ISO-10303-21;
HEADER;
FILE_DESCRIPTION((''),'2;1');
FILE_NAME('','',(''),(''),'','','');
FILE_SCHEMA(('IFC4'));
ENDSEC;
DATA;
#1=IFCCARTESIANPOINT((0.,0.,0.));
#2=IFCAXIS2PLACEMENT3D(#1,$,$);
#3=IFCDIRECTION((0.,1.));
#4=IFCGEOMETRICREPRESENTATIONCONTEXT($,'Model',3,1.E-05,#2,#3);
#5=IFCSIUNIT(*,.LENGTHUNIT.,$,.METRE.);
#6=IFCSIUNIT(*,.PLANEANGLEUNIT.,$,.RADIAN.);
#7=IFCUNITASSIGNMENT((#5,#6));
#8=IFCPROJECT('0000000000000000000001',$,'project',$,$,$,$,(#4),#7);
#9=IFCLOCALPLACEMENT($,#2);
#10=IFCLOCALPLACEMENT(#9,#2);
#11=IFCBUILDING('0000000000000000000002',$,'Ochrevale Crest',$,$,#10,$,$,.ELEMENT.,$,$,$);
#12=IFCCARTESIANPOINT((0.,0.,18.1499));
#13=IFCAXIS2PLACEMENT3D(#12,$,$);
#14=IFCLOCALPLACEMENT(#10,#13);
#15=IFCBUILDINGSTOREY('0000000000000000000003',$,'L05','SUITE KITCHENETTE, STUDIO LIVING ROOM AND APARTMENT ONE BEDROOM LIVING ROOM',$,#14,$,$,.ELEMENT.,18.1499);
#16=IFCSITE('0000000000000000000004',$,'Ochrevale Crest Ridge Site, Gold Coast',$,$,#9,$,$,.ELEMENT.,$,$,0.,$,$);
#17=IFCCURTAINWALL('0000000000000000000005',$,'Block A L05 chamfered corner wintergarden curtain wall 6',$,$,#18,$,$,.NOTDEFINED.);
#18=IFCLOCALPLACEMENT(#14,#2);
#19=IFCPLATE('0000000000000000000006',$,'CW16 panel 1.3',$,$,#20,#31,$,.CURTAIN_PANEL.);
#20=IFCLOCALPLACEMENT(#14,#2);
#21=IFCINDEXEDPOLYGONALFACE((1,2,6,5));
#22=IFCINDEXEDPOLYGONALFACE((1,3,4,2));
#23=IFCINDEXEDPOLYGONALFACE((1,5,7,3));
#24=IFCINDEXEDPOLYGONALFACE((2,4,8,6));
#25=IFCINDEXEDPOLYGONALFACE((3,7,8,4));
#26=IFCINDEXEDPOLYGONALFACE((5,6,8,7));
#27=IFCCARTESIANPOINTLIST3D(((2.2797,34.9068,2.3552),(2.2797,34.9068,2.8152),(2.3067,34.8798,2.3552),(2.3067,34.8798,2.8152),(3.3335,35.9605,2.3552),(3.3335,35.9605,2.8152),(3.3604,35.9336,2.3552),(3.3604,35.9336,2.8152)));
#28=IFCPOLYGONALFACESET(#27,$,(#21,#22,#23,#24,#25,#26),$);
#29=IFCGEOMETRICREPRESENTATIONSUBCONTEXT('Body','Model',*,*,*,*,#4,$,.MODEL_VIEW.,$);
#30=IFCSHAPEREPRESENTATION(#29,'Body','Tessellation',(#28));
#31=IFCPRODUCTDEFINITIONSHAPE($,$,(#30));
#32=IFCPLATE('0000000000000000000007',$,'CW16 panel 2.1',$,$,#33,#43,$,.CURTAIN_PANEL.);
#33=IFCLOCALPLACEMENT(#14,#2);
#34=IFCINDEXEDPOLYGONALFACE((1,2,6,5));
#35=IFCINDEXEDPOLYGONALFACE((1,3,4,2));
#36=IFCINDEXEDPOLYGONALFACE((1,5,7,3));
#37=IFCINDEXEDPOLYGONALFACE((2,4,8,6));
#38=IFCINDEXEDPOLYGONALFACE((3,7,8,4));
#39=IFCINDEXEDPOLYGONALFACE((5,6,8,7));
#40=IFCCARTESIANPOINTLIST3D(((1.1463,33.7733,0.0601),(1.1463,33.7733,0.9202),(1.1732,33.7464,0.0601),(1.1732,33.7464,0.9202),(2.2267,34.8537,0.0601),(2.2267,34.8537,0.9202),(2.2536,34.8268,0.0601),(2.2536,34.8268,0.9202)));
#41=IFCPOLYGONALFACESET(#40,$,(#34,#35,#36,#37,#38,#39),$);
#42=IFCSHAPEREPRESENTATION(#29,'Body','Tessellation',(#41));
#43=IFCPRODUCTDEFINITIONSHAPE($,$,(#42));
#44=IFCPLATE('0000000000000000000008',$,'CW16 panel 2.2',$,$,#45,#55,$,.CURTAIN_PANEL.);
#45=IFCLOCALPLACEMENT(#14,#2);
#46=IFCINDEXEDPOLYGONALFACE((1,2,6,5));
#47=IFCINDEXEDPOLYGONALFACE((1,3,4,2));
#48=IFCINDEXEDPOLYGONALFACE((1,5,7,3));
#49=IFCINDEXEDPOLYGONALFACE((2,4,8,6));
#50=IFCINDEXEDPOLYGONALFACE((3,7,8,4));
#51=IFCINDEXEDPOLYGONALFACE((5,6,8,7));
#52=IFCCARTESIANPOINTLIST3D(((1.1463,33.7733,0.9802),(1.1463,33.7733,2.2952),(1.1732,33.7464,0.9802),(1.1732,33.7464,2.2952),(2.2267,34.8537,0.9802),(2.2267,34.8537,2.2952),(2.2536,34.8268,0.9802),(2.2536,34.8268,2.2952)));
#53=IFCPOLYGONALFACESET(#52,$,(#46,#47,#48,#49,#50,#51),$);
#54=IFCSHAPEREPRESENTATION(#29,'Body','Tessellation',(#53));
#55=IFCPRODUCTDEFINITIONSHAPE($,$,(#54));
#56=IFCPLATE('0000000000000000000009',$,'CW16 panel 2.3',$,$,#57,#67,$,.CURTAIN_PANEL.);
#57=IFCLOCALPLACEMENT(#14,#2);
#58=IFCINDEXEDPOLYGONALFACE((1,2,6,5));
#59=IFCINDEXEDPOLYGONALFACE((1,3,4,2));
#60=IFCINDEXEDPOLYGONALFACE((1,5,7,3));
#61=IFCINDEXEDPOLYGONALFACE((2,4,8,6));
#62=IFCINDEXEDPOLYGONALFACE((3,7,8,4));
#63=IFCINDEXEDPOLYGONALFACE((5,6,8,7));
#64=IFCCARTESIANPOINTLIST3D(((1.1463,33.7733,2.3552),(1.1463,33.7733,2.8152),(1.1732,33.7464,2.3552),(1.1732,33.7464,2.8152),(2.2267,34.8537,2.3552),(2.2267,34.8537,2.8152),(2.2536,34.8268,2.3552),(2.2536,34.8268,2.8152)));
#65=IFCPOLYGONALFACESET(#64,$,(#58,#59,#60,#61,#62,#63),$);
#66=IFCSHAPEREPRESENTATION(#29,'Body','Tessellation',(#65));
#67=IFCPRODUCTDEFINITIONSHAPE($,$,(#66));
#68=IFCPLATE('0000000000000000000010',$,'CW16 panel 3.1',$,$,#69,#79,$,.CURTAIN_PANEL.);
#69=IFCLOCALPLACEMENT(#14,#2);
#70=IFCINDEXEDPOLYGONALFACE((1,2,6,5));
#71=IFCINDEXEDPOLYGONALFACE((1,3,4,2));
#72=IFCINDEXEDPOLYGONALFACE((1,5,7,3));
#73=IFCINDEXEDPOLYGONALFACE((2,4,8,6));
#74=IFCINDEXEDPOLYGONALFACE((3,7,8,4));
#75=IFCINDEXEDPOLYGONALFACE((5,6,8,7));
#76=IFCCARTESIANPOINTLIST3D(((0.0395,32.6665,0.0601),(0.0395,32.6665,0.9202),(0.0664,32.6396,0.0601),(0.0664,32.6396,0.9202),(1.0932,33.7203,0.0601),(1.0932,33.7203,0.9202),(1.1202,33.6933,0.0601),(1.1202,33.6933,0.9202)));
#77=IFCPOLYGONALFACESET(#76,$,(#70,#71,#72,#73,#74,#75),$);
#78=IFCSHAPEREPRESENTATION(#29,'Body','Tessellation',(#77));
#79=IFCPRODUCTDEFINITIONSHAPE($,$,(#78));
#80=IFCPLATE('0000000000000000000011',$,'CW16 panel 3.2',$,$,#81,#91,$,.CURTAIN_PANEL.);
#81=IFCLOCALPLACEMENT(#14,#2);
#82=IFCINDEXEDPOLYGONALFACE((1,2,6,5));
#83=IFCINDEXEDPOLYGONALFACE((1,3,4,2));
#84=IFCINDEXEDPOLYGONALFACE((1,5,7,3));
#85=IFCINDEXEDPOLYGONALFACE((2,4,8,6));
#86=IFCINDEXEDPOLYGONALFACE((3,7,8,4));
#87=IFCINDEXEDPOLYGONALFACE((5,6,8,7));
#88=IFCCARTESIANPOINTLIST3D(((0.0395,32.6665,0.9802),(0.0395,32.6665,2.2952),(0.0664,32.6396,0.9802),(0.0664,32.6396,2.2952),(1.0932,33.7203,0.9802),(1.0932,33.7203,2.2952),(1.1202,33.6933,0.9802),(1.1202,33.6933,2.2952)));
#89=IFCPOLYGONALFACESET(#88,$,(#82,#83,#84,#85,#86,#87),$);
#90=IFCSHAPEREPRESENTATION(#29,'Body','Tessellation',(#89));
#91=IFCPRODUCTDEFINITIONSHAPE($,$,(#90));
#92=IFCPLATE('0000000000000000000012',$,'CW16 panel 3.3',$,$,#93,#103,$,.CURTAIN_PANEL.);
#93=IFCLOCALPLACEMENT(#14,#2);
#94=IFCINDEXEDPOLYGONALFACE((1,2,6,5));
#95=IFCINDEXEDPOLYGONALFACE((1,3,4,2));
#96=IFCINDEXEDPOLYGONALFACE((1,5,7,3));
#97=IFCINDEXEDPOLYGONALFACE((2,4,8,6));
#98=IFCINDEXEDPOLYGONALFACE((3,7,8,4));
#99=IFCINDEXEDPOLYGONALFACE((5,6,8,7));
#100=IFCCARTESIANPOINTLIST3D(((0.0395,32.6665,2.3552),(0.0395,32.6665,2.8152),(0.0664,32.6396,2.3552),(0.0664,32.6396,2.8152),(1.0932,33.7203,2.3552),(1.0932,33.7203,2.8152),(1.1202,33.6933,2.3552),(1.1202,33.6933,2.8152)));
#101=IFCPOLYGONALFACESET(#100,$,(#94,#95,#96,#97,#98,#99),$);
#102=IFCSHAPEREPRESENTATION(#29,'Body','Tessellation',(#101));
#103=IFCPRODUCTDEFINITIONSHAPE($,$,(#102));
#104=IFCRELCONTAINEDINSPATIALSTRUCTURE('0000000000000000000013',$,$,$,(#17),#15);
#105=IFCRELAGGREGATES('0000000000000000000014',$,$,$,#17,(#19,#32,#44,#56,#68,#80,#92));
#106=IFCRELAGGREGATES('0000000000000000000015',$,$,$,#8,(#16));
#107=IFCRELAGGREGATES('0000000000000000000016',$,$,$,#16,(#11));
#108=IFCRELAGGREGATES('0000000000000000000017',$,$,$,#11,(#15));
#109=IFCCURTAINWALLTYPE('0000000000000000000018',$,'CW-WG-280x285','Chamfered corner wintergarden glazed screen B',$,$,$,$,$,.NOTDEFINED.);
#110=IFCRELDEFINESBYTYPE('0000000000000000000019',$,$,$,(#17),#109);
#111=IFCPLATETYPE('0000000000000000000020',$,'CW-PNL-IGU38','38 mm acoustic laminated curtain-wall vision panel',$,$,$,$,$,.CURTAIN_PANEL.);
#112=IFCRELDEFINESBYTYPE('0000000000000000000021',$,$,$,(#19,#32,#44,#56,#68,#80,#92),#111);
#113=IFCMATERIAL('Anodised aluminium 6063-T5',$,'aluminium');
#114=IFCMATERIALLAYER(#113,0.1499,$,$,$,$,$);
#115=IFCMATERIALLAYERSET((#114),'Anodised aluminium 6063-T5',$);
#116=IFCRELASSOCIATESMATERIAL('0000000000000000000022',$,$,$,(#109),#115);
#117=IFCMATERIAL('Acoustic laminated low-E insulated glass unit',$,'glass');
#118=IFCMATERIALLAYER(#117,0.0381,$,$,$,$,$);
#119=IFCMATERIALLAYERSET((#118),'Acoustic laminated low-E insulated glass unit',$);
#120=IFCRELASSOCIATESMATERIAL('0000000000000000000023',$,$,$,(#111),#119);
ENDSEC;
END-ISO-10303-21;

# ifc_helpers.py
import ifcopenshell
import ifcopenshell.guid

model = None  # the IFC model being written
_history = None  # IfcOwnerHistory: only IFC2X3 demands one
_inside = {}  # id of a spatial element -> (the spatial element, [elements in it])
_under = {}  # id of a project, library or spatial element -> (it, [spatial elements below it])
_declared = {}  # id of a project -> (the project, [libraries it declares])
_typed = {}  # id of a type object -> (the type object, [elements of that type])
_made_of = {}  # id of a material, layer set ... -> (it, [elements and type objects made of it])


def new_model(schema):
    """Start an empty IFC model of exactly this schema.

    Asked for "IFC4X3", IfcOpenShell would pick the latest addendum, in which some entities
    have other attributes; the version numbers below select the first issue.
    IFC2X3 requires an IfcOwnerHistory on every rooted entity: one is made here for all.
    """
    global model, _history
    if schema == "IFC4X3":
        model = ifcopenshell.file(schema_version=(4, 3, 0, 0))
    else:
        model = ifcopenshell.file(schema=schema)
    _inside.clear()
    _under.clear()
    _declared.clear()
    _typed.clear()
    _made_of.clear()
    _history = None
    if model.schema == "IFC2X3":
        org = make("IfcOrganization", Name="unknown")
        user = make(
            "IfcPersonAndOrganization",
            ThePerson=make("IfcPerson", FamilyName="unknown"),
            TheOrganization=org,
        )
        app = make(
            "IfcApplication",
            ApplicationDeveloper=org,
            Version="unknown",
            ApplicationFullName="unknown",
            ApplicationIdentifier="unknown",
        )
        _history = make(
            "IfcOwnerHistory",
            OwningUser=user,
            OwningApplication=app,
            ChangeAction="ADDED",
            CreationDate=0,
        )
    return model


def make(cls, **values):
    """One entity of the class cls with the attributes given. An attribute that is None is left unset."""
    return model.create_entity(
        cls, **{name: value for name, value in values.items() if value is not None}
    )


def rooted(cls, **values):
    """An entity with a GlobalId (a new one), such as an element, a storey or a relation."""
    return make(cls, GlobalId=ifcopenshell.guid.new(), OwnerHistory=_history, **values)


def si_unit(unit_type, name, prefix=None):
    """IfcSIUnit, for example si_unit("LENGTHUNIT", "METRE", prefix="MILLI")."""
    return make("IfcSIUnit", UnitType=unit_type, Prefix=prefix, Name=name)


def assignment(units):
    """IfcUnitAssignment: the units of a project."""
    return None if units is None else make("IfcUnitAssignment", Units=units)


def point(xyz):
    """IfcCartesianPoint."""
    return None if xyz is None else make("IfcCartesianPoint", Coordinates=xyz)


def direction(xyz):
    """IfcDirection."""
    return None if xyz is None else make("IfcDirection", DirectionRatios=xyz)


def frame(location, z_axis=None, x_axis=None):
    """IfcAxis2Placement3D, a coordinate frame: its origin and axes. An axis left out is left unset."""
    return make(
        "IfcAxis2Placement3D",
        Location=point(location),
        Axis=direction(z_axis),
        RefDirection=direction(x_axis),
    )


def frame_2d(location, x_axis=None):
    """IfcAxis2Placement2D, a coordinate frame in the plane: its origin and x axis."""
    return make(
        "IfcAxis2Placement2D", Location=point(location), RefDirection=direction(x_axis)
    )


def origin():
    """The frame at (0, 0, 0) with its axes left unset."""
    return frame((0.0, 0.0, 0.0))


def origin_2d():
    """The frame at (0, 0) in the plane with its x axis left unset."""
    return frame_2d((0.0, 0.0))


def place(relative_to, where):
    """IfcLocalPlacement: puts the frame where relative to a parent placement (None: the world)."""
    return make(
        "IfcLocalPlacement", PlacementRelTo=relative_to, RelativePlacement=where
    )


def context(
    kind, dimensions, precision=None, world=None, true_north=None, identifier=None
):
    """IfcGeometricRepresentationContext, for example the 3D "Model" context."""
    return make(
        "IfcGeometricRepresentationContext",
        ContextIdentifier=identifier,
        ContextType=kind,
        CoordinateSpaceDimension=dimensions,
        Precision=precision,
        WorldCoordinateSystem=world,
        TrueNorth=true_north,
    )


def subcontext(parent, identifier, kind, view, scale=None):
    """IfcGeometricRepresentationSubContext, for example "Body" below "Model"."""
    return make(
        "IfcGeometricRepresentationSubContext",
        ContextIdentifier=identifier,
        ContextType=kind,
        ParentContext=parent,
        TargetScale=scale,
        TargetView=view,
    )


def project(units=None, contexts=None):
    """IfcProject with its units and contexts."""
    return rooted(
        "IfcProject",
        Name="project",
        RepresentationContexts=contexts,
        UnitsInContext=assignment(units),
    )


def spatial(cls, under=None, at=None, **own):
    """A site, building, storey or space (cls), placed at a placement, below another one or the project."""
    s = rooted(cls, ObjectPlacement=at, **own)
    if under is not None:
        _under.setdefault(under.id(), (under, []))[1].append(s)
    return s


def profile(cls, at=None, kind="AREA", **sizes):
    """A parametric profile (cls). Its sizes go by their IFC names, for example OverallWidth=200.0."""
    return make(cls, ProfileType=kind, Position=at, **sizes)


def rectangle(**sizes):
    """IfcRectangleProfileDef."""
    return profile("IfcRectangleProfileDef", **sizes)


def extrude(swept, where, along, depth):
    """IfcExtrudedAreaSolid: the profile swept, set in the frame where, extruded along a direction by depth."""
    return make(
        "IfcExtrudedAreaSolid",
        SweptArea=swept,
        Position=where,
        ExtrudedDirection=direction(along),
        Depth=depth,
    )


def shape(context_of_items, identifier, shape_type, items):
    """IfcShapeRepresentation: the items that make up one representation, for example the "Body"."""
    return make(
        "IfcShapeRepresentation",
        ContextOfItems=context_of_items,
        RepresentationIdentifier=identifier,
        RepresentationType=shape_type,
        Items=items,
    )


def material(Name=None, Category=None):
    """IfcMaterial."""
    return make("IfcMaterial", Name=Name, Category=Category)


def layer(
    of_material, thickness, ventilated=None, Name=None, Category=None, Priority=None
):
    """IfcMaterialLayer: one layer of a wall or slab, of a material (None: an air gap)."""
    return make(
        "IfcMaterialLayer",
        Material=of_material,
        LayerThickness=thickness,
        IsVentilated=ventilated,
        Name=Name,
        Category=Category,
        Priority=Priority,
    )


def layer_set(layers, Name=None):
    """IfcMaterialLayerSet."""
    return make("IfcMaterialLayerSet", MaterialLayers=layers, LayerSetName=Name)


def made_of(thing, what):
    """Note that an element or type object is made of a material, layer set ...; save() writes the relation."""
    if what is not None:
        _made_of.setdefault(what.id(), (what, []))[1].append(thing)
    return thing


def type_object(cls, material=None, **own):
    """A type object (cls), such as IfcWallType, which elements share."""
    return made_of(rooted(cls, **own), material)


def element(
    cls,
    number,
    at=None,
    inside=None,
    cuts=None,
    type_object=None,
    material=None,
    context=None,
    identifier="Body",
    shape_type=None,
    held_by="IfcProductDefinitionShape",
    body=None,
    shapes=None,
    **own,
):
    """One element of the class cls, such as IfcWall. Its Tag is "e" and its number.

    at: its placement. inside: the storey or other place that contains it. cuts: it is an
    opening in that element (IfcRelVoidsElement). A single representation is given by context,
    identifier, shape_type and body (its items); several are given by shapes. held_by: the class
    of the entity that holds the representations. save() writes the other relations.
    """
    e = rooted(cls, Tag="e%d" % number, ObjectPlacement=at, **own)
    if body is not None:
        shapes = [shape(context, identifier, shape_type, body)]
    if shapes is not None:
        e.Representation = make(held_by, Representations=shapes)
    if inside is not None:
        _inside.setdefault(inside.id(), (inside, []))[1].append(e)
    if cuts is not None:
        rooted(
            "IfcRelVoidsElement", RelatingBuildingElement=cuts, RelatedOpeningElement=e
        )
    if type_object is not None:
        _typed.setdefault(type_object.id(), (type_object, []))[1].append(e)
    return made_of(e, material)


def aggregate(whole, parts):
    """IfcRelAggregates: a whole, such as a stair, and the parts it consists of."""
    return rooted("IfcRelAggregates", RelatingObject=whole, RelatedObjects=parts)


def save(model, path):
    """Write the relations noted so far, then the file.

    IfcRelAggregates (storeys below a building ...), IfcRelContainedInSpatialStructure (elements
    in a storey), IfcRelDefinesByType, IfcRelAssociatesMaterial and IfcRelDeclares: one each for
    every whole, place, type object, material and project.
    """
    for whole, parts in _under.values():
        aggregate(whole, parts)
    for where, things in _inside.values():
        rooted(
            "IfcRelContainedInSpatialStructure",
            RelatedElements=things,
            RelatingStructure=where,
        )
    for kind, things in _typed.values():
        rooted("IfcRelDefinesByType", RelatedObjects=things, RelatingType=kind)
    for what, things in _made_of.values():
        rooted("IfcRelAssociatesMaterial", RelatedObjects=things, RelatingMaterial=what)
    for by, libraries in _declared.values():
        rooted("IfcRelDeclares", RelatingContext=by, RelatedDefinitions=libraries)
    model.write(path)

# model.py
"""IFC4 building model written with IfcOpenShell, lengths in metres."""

from ifc_helpers import new_model, si_unit, direction, frame, origin, origin_2d, place, context, subcontext, project, spatial, rectangle, extrude, material, layer, layer_set, type_object, element, aggregate, save


model = new_model("IFC4")

# Units and contexts
model_context = context("Model", 3, precision=1e-05, world=origin(), true_north=direction((0.0, 1.0)))
body_context = subcontext(model_context, "Body", "Model", "MODEL_VIEW")
ifc_project = project(units=[si_unit("LENGTHUNIT", "METRE"), si_unit("PLANEANGLEUNIT", "RADIAN")], contexts=[model_context])

# Site, building, storey
site_placement = place(None, origin())
site = spatial("IfcSite", under=ifc_project, at=site_placement, Name="Ochrevale Crest Ridge Site, Gold Coast", CompositionType="ELEMENT", RefElevation=0.0)
building_placement = place(site_placement, origin())
building = spatial("IfcBuilding", under=site, at=building_placement, Name="Ochrevale Crest", CompositionType="ELEMENT")
storey_placement = place(building_placement, frame((0.0, 0.0, 18.1499)))
storey = spatial("IfcBuildingStorey", under=building, at=storey_placement, Name="L05", Description="SUITE KITCHENETTE, STUDIO LIVING ROOM AND APARTMENT ONE BEDROOM LIVING ROOM", CompositionType="ELEMENT", Elevation=18.1499)

# Curtain wall, plates
ifc_material_1 = material(Name="Anodised aluminium 6063-T5", Category="aluminium")
ifc_layer_1 = layer(ifc_material_1, 0.1499)
ifc_layer_set_1 = layer_set([ifc_layer_1], Name="Anodised aluminium 6063-T5")
curtain_wall_type = type_object("IfcCurtainWallType", Name="CW-WG-280x285", Description="Chamfered corner wintergarden glazed screen B", PredefinedType="NOTDEFINED", material=ifc_layer_set_1)
curtain_wall_placement = place(storey_placement, origin())
curtain_wall = element("IfcCurtainWall", 1, at=curtain_wall_placement, inside=storey, type_object=curtain_wall_type, Name="Block A L05 chamfered corner wintergarden curtain wall 6", PredefinedType="NOTDEFINED")
ifc_material_2 = material(Name="Acoustic laminated low-E insulated glass unit", Category="glass")
ifc_layer_2 = layer(ifc_material_2, 0.0381)
ifc_layer_set_2 = layer_set([ifc_layer_2], Name="Acoustic laminated low-E insulated glass unit")
plate_type = type_object("IfcPlateType", Name="CW-PNL-IGU38", Description="38 mm acoustic laminated curtain-wall vision panel", PredefinedType="CURTAIN_PANEL", material=ifc_layer_set_2)
plate_1_placement = place(storey_placement, frame((2.8201, 35.4202, 2.3552), z_axis=(0.0, 0.0, 1.0), x_axis=(-0.707107, -0.707107, 0.0)))
plate_1 = element("IfcPlate", 2, at=plate_1_placement, type_object=plate_type, Name="CW16 panel 1.3", PredefinedType="CURTAIN_PANEL", context=body_context, shape_type="SweptSolid", body=[
    extrude(rectangle(XDim=1.4902, YDim=0.0381, at=origin_2d()), origin(), (0.0, 0.0, 1.0), 0.46),
])
plate_2_placement = place(storey_placement, frame((1.7, 34.3, 0.0601), z_axis=(0.0, 0.0, 1.0), x_axis=(-0.707107, -0.707107, 0.0)))
plate_2 = element("IfcPlate", 3, at=plate_2_placement, type_object=plate_type, Name="CW16 panel 2.1", PredefinedType="CURTAIN_PANEL", context=body_context, shape_type="SweptSolid", body=[
    extrude(rectangle(XDim=1.5278, YDim=0.0381, at=origin_2d()), origin(), (0.0, 0.0, 1.0), 0.8601),
])
plate_3_placement = place(storey_placement, frame((1.7, 34.3, 0.9802), z_axis=(0.0, 0.0, 1.0), x_axis=(-0.707107, -0.707107, 0.0)))
plate_3 = element("IfcPlate", 4, at=plate_3_placement, type_object=plate_type, Name="CW16 panel 2.2", PredefinedType="CURTAIN_PANEL", context=body_context, shape_type="SweptSolid", body=[
    extrude(rectangle(XDim=1.5278, YDim=0.0381, at=origin_2d()), origin(), (0.0, 0.0, 1.0), 1.3149),
])
plate_4_placement = place(storey_placement, frame((1.7, 34.3, 2.3552), z_axis=(0.0, 0.0, 1.0), x_axis=(-0.707107, -0.707107, 0.0)))
plate_4 = element("IfcPlate", 5, at=plate_4_placement, type_object=plate_type, Name="CW16 panel 2.3", PredefinedType="CURTAIN_PANEL", context=body_context, shape_type="SweptSolid", body=[
    extrude(rectangle(XDim=1.5278, YDim=0.0381, at=origin_2d()), origin(), (0.0, 0.0, 1.0), 0.46),
])
plate_5_placement = place(storey_placement, frame((0.5798, 33.1799, 0.0601), z_axis=(0.0, 0.0, 1.0), x_axis=(-0.707107, -0.707107, 0.0)))
plate_5 = element("IfcPlate", 6, at=plate_5_placement, type_object=plate_type, Name="CW16 panel 3.1", PredefinedType="CURTAIN_PANEL", context=body_context, shape_type="SweptSolid", body=[
    extrude(rectangle(XDim=1.4902, YDim=0.0381, at=origin_2d()), origin(), (0.0, 0.0, 1.0), 0.8601),
])
plate_6_placement = place(storey_placement, frame((0.5798, 33.1799, 0.9802), z_axis=(0.0, 0.0, 1.0), x_axis=(-0.707107, -0.707107, 0.0)))
plate_6 = element("IfcPlate", 7, at=plate_6_placement, type_object=plate_type, Name="CW16 panel 3.2", PredefinedType="CURTAIN_PANEL", context=body_context, shape_type="SweptSolid", body=[
    extrude(rectangle(XDim=1.4902, YDim=0.0381, at=origin_2d()), origin(), (0.0, 0.0, 1.0), 1.3149),
])
plate_7_placement = place(storey_placement, frame((0.5798, 33.1799, 2.3552), z_axis=(0.0, 0.0, 1.0), x_axis=(-0.707107, -0.707107, 0.0)))
plate_7 = element("IfcPlate", 8, at=plate_7_placement, type_object=plate_type, Name="CW16 panel 3.3", PredefinedType="CURTAIN_PANEL", context=body_context, shape_type="SweptSolid", body=[
    extrude(rectangle(XDim=1.4902, YDim=0.0381, at=origin_2d()), origin(), (0.0, 0.0, 1.0), 0.46),
])
aggregate(curtain_wall, [plate_1, plate_2, plate_3, plate_4, plate_5, plate_6, plate_7])

save(model, "model.ifc")
